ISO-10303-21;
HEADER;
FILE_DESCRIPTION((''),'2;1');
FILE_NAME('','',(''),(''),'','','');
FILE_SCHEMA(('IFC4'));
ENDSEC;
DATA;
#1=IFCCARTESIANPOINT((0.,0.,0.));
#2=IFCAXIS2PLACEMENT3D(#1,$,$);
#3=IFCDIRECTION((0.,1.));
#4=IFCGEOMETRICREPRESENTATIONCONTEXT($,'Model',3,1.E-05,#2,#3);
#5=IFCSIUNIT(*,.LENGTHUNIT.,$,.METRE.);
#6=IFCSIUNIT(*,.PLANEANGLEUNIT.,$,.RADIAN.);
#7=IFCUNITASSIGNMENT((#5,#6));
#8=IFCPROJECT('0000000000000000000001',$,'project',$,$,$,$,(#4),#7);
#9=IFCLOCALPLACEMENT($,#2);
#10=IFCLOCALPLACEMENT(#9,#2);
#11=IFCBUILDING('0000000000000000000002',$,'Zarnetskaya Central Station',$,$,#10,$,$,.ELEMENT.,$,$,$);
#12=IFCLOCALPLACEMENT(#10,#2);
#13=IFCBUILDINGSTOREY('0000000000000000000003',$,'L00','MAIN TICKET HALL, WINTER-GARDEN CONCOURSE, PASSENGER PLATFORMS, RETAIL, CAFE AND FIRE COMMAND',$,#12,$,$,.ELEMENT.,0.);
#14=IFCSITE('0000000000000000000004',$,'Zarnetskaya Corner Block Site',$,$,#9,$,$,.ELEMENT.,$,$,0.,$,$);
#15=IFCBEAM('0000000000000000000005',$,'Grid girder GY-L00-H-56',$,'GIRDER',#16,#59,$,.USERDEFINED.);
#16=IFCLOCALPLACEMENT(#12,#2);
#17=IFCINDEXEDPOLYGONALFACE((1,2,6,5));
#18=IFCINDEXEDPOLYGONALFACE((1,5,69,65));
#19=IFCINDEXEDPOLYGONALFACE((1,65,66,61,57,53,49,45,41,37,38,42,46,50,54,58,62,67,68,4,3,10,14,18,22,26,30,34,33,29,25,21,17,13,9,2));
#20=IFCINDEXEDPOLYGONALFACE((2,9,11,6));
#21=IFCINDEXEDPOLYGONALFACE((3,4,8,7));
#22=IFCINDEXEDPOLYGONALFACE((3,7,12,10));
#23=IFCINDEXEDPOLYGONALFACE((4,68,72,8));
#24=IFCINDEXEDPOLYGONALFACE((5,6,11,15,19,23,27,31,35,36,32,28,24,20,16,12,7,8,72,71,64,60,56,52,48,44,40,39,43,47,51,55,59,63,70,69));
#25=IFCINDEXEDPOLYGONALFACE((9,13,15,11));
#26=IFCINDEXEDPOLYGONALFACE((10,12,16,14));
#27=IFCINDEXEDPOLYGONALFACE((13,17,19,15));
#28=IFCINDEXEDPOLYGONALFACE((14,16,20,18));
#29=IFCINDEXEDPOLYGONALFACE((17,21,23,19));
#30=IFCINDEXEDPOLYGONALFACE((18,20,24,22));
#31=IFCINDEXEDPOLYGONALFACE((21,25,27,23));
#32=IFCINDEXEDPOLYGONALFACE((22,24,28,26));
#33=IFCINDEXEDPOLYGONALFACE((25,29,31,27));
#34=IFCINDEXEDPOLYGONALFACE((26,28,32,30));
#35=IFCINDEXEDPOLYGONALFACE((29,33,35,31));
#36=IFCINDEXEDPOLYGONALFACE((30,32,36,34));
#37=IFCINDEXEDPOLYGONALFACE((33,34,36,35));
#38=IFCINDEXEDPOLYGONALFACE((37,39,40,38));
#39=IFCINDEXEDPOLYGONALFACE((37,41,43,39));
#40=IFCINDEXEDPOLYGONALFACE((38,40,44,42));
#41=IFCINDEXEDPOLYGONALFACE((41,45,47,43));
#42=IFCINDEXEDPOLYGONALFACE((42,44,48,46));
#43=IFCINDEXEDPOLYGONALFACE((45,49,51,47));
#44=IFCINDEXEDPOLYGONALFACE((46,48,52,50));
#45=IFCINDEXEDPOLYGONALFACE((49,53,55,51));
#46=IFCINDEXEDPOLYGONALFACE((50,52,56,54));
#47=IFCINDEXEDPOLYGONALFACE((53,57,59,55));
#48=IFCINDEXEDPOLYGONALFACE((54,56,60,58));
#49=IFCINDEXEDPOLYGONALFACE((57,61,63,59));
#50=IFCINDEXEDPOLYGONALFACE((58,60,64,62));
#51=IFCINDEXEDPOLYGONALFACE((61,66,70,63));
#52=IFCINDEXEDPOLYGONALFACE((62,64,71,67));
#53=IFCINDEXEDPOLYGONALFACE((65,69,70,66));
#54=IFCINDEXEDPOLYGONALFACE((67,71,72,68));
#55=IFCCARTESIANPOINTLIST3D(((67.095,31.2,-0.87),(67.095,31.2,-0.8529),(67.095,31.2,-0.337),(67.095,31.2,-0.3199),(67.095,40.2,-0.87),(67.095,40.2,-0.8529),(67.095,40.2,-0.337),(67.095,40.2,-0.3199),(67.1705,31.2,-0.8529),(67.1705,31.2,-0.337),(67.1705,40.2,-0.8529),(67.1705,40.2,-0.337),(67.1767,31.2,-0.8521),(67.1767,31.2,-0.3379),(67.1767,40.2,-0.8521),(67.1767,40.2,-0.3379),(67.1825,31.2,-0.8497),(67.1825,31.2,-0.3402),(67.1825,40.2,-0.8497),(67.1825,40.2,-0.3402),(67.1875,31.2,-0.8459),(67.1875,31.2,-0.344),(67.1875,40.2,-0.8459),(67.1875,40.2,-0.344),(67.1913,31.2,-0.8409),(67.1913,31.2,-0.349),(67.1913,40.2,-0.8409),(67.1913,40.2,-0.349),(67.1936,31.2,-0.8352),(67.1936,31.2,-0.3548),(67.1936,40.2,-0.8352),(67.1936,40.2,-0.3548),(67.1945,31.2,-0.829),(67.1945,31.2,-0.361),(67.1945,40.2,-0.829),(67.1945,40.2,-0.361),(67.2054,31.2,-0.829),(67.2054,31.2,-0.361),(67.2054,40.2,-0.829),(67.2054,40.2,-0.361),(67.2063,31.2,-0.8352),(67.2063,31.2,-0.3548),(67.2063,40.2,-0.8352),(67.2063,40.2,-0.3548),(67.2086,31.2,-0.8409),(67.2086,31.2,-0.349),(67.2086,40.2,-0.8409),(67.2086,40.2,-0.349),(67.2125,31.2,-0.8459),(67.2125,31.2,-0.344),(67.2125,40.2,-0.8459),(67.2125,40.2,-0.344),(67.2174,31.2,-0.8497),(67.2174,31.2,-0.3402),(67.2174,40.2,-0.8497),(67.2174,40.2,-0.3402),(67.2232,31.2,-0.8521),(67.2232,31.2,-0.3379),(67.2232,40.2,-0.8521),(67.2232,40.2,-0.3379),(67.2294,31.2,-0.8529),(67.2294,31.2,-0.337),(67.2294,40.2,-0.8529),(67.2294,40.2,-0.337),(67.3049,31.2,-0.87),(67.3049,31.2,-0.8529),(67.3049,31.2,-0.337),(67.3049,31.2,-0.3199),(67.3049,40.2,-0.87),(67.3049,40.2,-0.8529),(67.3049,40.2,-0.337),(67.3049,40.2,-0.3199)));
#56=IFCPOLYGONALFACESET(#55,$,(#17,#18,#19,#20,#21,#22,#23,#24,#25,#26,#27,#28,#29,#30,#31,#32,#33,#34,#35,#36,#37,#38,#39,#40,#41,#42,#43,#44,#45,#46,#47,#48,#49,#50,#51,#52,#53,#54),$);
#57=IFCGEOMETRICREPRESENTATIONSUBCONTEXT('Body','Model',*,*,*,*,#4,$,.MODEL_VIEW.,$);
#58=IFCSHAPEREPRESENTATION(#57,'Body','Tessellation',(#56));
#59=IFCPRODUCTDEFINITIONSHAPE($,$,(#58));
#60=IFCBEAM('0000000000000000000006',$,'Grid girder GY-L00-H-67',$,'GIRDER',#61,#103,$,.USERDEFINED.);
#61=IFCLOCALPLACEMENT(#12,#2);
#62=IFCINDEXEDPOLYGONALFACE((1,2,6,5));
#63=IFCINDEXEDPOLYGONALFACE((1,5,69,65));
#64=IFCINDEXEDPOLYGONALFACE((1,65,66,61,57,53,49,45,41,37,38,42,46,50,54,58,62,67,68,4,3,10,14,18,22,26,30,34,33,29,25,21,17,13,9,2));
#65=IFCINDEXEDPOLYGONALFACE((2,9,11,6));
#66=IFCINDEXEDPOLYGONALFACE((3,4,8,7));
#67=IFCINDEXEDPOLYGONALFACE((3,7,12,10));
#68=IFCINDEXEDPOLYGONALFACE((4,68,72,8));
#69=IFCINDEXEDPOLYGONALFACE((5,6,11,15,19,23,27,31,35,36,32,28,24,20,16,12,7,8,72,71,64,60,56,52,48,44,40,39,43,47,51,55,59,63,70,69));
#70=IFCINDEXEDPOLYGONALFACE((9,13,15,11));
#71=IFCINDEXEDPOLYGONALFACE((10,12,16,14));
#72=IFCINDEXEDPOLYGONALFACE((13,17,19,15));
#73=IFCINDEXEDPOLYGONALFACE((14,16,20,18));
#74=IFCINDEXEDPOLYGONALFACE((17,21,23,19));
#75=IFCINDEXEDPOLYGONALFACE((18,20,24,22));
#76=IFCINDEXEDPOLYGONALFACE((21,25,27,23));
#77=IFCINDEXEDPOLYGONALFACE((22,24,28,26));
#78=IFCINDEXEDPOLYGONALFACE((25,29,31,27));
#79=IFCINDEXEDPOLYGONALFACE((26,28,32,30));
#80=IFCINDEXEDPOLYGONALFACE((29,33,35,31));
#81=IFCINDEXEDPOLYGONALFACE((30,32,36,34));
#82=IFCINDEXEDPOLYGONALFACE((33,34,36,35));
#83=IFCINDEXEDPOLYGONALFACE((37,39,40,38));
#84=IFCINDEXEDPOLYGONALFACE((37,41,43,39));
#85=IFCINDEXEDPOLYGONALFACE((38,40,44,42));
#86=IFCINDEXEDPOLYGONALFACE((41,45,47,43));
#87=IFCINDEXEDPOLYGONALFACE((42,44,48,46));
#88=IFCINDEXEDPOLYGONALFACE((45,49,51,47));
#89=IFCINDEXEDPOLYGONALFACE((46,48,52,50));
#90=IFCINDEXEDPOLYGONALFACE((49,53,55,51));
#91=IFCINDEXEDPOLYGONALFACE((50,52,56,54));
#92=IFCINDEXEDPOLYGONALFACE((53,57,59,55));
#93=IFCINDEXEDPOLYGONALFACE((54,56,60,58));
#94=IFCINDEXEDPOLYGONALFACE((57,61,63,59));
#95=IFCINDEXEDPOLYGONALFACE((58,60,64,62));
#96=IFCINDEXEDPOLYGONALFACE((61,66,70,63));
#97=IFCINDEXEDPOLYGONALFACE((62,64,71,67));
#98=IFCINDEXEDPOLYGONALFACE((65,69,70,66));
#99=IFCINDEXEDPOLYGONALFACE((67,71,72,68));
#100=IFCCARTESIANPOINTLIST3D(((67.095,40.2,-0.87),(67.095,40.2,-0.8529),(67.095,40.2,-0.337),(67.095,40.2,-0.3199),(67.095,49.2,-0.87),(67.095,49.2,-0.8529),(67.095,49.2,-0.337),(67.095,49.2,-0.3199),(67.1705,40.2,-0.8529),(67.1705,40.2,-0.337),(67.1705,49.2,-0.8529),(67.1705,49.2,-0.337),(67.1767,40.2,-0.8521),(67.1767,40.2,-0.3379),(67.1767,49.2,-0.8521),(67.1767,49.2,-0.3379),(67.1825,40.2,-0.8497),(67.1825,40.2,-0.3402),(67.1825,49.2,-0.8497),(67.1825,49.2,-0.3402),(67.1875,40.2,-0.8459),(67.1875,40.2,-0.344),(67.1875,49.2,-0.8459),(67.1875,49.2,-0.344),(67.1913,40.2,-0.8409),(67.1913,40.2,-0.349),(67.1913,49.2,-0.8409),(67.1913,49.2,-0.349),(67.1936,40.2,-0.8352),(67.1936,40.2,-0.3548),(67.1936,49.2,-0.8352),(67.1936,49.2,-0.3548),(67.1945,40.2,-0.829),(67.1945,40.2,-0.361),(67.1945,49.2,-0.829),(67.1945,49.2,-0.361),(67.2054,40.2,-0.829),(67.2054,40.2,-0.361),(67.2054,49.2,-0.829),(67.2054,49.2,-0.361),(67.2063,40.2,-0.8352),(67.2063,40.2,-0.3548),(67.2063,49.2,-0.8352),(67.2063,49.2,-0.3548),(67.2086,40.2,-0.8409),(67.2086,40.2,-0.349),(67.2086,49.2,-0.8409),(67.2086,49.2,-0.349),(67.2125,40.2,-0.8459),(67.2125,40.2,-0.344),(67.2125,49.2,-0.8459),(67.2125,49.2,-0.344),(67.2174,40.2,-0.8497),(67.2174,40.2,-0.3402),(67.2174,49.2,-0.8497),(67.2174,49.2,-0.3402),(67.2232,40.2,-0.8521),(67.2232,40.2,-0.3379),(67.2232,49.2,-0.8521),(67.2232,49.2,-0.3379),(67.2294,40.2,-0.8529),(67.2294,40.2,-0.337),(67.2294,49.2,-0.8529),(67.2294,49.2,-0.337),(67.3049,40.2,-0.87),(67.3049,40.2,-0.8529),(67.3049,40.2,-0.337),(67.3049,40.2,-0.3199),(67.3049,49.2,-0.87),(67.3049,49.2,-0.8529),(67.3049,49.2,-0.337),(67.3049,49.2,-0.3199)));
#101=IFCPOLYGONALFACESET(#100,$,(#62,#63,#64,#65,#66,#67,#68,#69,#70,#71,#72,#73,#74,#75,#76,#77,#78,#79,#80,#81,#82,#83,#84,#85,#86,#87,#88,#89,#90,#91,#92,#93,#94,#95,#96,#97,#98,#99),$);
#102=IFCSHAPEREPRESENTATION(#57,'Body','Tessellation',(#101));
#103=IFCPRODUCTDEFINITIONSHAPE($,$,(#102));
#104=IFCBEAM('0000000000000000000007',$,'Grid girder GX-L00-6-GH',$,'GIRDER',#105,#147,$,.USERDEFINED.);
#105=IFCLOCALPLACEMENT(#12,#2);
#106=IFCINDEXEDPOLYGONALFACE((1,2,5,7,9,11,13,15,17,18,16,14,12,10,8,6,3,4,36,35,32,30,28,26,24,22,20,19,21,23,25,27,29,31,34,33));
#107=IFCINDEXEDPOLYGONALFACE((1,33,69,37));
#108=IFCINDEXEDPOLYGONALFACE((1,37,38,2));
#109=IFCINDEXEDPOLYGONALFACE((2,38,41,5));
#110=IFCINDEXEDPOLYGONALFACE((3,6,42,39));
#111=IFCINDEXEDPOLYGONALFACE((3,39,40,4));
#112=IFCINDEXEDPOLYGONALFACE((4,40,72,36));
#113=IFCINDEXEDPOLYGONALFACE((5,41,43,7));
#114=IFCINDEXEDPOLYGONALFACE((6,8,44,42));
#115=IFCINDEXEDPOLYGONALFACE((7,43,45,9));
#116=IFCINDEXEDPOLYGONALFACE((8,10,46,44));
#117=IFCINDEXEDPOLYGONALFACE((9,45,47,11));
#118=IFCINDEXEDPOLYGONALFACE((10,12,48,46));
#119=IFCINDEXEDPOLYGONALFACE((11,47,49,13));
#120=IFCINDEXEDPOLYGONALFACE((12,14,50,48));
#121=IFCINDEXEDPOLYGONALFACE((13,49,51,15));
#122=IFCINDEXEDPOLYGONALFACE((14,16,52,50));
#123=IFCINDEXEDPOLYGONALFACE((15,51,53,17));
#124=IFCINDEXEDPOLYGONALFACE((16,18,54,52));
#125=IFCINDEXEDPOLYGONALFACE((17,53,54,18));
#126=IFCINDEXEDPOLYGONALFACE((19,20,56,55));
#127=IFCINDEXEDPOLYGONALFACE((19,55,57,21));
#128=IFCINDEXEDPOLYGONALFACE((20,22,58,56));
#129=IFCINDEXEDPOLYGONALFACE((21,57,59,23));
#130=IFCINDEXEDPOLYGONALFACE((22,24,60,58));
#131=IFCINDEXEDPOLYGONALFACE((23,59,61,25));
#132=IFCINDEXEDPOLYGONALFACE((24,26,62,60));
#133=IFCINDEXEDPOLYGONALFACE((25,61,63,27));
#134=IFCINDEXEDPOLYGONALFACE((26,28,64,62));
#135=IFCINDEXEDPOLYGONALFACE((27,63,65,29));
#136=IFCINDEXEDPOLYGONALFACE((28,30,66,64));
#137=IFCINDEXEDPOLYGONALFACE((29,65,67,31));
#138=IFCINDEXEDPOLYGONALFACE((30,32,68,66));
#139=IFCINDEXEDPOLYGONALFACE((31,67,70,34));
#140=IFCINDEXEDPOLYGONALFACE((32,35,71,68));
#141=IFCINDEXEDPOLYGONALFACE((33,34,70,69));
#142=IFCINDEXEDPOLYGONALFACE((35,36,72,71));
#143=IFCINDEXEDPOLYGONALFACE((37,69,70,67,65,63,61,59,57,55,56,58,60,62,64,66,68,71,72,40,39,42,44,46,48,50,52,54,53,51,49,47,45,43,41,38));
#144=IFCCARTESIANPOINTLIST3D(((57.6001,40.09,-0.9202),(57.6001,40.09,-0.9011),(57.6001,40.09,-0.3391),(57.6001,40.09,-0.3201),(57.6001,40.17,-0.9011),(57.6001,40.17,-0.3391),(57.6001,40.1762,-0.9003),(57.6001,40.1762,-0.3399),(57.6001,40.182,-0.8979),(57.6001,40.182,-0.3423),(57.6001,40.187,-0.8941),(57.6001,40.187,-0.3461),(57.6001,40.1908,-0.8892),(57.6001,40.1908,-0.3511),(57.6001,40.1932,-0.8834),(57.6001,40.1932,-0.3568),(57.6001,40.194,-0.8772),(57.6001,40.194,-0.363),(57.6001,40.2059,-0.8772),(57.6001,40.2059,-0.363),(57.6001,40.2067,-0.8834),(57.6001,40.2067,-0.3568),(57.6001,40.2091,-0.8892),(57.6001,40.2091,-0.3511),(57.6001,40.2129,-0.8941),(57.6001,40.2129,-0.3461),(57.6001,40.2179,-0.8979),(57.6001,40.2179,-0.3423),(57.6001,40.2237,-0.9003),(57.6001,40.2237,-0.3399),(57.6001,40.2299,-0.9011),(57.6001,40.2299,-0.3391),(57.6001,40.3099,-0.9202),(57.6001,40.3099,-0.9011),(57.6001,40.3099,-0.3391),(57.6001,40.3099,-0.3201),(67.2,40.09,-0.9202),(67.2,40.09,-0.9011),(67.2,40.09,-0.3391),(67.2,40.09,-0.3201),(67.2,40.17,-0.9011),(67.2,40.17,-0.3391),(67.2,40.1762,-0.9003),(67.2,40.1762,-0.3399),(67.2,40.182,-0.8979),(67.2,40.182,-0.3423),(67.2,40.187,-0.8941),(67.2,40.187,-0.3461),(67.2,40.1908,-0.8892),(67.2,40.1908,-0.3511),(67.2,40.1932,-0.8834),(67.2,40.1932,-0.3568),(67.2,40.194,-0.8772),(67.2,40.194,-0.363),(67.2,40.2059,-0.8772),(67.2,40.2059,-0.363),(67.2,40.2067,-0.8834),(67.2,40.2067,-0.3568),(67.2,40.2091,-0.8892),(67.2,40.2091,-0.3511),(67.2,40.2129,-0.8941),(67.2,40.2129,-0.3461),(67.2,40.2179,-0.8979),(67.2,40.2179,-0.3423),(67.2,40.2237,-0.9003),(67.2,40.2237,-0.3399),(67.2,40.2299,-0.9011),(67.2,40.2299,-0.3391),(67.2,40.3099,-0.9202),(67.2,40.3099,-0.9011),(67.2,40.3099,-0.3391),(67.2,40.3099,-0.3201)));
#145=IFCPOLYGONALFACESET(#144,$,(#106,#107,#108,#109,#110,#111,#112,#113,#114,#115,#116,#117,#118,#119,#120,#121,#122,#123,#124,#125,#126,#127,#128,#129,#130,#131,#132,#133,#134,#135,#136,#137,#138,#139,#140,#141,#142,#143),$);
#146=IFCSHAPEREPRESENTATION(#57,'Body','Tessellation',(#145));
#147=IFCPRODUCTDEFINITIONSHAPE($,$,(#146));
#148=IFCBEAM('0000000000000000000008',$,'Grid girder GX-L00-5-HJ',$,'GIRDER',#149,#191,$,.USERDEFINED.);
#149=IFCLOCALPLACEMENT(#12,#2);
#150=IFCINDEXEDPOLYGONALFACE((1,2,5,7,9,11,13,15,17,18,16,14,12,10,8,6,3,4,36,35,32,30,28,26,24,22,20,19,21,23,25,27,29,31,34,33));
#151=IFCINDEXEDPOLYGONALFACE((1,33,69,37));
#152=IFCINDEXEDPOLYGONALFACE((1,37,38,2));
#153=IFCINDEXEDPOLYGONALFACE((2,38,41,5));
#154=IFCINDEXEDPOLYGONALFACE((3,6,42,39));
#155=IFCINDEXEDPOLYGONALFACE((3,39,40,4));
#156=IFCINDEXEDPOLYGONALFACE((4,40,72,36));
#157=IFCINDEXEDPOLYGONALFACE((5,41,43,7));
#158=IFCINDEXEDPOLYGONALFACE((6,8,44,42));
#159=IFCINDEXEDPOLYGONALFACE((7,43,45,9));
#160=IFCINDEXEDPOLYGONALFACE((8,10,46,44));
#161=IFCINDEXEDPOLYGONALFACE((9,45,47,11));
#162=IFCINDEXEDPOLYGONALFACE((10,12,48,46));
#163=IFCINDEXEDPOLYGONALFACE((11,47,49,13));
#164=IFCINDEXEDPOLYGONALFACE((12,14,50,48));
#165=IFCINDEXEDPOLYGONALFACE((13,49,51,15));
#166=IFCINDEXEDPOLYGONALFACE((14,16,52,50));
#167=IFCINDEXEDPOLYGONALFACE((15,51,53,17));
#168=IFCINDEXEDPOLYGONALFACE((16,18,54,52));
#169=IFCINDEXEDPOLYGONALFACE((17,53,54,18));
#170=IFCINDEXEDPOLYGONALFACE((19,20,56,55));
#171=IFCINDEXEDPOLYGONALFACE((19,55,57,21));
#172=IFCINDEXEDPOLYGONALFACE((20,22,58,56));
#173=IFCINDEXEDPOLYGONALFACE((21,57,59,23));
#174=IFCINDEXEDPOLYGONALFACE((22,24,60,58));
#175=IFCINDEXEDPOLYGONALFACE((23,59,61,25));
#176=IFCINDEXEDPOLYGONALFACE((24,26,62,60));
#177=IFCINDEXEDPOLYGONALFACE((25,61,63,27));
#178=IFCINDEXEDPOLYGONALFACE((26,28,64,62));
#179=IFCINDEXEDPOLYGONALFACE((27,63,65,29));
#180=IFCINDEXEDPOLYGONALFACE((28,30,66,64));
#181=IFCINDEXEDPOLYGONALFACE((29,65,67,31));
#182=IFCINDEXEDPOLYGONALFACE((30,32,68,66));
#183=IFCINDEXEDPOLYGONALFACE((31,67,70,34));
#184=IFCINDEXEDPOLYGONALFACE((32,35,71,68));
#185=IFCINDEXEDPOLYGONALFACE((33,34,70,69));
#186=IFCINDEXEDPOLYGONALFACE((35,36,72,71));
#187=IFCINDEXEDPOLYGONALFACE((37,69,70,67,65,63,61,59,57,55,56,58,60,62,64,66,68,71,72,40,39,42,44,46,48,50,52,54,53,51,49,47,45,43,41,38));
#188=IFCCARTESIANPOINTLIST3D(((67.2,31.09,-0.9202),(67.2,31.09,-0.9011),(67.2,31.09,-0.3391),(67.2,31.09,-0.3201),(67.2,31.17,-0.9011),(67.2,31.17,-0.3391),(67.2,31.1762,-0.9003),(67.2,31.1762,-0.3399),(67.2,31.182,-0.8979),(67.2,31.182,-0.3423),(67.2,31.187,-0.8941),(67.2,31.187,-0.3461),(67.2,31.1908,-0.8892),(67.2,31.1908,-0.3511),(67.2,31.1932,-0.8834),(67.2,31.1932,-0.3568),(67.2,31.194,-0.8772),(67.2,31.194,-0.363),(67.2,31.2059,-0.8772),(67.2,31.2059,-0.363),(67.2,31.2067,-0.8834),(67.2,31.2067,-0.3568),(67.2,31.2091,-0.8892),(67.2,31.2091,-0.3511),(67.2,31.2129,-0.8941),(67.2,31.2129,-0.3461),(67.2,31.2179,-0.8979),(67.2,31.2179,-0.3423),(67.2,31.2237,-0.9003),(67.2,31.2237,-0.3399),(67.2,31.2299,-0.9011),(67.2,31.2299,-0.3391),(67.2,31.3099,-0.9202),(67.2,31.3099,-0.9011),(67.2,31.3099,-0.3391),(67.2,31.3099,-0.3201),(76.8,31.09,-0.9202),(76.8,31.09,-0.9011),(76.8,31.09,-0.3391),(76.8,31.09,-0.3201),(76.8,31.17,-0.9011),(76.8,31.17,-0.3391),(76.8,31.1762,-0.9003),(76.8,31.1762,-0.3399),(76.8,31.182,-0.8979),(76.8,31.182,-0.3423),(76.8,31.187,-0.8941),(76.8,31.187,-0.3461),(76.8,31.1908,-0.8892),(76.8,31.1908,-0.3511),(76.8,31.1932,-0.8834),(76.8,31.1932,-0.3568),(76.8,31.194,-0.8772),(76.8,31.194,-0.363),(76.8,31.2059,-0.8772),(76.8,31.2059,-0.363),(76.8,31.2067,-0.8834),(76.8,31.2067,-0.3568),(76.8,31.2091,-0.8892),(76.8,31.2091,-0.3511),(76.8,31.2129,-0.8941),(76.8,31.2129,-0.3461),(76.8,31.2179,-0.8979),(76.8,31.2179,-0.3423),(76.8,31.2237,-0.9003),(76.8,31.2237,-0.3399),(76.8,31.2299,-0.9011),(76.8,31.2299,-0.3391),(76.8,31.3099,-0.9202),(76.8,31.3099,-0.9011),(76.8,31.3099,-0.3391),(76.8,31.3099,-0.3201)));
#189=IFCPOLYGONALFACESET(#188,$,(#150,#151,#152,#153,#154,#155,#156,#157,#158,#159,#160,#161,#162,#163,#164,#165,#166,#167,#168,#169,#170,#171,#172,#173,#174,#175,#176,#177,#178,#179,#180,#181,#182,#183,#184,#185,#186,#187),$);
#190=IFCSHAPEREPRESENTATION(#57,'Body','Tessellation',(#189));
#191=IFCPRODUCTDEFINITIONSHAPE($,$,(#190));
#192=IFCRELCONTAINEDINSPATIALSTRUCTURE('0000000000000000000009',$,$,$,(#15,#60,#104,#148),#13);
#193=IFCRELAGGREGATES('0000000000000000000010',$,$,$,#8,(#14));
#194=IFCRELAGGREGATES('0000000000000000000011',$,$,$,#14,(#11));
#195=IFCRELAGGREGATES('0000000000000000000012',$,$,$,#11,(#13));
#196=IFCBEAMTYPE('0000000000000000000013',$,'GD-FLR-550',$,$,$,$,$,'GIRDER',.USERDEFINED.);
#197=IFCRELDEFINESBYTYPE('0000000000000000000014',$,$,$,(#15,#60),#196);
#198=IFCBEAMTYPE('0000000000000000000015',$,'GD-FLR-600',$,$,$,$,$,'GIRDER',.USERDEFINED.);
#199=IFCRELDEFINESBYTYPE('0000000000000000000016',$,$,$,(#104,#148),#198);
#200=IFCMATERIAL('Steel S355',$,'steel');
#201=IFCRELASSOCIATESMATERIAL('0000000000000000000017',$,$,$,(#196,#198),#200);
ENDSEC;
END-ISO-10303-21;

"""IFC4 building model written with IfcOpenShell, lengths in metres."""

from ifc_helpers import new_model, si_unit, direction, frame, origin, origin_2d, place, context, subcontext, project, spatial, i_section, extrude, material, material_profile, profile_set, type_object, element, save


model = new_model("IFC4")

# Units and contexts
model_context = context("Model", 3, precision=1e-05, world=origin(), true_north=direction((0.0, 1.0)))
body_context = subcontext(model_context, "Body", "Model", "MODEL_VIEW")
ifc_project = project(units=[si_unit("LENGTHUNIT", "METRE"), si_unit("PLANEANGLEUNIT", "RADIAN")], contexts=[model_context])

# Site, building, storey
site_placement = place(None, origin())
site = spatial("IfcSite", under=ifc_project, at=site_placement, Name="Zarnetskaya Corner Block Site", CompositionType="ELEMENT", RefElevation=0.0)
building_placement = place(site_placement, origin())
building = spatial("IfcBuilding", under=site, at=building_placement, Name="Zarnetskaya Central Station", CompositionType="ELEMENT")
storey_placement = place(building_placement, origin())
storey = spatial("IfcBuildingStorey", under=building, at=storey_placement, Name="L00", Description="MAIN TICKET HALL, WINTER-GARDEN CONCOURSE, PASSENGER PLATFORMS, RETAIL, CAFE AND FIRE COMMAND", CompositionType="ELEMENT", Elevation=0.0)

# Shared definitions
ifc_material_1 = material(Name="Steel S355", Category="steel")

# Beams
ifc_material_profile_1 = material_profile(ifc_material_1, i_section(OverallWidth=0.21, OverallDepth=0.55, WebThickness=0.011, FlangeThickness=0.0171, FilletRadius=0.0239, at=origin_2d()), Name="IPE 550")
ifc_profile_set_1 = profile_set([ifc_material_profile_1], Name="Steel S355")
beam_type_1 = type_object("IfcBeamType", Name="GD-FLR-550", ElementType="GIRDER", PredefinedType="USERDEFINED", material=ifc_profile_set_1)
for number, where, z_axis, x_axis, name in (
    (1, (67.2, 31.2, -0.595), (0.0, 1.0, 0.0), (-1.0, 0.0, 0.0), "Grid girder GY-L00-H-56"),
    (2, (67.2, 40.2, -0.595), (0.0, 1.0, 0.0), (-1.0, 0.0, 0.0), "Grid girder GY-L00-H-67"),
):
    element("IfcBeam", number, at=place(storey_placement, frame(where, z_axis=z_axis, x_axis=x_axis)), inside=storey, type_object=beam_type_1, Name=name, ObjectType="GIRDER", PredefinedType="USERDEFINED", context=body_context, shape_type="SweptSolid", body=[
        extrude(i_section(OverallWidth=0.21, OverallDepth=0.55, WebThickness=0.011, FlangeThickness=0.0171, FilletRadius=0.0239, at=origin_2d()), origin(), (0.0, 0.0, 1.0), 9.0),
    ])
ifc_material_profile_2 = material_profile(ifc_material_1, i_section(OverallWidth=0.22, OverallDepth=0.6001, WebThickness=0.012, FlangeThickness=0.019, FilletRadius=0.0239, at=origin_2d()), Name="IPE 600")
ifc_profile_set_2 = profile_set([ifc_material_profile_2], Name="Steel S355")
beam_type_2 = type_object("IfcBeamType", Name="GD-FLR-600", ElementType="GIRDER", PredefinedType="USERDEFINED", material=ifc_profile_set_2)
beam_placement = place(storey_placement, frame((57.6001, 40.2, -0.6201), z_axis=(1.0, 0.0, 0.0), x_axis=(0.0, 1.0, 0.0)))
element("IfcBeam", 3, at=beam_placement, inside=storey, type_object=beam_type_2, Name="Grid girder GX-L00-6-GH", ObjectType="GIRDER", PredefinedType="USERDEFINED", context=body_context, shape_type="SweptSolid", body=[
    extrude(i_section(OverallWidth=0.22, OverallDepth=0.6001, WebThickness=0.012, FlangeThickness=0.019, FilletRadius=0.0239, at=origin_2d()), origin(), (0.0, 0.0, 1.0), 9.5999),
])
for number, where, z_axis, x_axis, name in (
    (4, (67.2, 31.2, -0.6201), (1.0, 0.0, 0.0), (0.0, 1.0, 0.0), "Grid girder GX-L00-5-HJ"),
):
    element("IfcBeam", number, at=place(storey_placement, frame(where, z_axis=z_axis, x_axis=x_axis)), inside=storey, type_object=beam_type_2, Name=name, ObjectType="GIRDER", PredefinedType="USERDEFINED", context=body_context, shape_type="SweptSolid", body=[
        extrude(i_section(OverallWidth=0.22, OverallDepth=0.6001, WebThickness=0.012, FlangeThickness=0.019, FilletRadius=0.0239, at=origin_2d()), origin(), (0.0, 0.0, 1.0), 9.6001),
    ])

save(model, "model.ifc")
